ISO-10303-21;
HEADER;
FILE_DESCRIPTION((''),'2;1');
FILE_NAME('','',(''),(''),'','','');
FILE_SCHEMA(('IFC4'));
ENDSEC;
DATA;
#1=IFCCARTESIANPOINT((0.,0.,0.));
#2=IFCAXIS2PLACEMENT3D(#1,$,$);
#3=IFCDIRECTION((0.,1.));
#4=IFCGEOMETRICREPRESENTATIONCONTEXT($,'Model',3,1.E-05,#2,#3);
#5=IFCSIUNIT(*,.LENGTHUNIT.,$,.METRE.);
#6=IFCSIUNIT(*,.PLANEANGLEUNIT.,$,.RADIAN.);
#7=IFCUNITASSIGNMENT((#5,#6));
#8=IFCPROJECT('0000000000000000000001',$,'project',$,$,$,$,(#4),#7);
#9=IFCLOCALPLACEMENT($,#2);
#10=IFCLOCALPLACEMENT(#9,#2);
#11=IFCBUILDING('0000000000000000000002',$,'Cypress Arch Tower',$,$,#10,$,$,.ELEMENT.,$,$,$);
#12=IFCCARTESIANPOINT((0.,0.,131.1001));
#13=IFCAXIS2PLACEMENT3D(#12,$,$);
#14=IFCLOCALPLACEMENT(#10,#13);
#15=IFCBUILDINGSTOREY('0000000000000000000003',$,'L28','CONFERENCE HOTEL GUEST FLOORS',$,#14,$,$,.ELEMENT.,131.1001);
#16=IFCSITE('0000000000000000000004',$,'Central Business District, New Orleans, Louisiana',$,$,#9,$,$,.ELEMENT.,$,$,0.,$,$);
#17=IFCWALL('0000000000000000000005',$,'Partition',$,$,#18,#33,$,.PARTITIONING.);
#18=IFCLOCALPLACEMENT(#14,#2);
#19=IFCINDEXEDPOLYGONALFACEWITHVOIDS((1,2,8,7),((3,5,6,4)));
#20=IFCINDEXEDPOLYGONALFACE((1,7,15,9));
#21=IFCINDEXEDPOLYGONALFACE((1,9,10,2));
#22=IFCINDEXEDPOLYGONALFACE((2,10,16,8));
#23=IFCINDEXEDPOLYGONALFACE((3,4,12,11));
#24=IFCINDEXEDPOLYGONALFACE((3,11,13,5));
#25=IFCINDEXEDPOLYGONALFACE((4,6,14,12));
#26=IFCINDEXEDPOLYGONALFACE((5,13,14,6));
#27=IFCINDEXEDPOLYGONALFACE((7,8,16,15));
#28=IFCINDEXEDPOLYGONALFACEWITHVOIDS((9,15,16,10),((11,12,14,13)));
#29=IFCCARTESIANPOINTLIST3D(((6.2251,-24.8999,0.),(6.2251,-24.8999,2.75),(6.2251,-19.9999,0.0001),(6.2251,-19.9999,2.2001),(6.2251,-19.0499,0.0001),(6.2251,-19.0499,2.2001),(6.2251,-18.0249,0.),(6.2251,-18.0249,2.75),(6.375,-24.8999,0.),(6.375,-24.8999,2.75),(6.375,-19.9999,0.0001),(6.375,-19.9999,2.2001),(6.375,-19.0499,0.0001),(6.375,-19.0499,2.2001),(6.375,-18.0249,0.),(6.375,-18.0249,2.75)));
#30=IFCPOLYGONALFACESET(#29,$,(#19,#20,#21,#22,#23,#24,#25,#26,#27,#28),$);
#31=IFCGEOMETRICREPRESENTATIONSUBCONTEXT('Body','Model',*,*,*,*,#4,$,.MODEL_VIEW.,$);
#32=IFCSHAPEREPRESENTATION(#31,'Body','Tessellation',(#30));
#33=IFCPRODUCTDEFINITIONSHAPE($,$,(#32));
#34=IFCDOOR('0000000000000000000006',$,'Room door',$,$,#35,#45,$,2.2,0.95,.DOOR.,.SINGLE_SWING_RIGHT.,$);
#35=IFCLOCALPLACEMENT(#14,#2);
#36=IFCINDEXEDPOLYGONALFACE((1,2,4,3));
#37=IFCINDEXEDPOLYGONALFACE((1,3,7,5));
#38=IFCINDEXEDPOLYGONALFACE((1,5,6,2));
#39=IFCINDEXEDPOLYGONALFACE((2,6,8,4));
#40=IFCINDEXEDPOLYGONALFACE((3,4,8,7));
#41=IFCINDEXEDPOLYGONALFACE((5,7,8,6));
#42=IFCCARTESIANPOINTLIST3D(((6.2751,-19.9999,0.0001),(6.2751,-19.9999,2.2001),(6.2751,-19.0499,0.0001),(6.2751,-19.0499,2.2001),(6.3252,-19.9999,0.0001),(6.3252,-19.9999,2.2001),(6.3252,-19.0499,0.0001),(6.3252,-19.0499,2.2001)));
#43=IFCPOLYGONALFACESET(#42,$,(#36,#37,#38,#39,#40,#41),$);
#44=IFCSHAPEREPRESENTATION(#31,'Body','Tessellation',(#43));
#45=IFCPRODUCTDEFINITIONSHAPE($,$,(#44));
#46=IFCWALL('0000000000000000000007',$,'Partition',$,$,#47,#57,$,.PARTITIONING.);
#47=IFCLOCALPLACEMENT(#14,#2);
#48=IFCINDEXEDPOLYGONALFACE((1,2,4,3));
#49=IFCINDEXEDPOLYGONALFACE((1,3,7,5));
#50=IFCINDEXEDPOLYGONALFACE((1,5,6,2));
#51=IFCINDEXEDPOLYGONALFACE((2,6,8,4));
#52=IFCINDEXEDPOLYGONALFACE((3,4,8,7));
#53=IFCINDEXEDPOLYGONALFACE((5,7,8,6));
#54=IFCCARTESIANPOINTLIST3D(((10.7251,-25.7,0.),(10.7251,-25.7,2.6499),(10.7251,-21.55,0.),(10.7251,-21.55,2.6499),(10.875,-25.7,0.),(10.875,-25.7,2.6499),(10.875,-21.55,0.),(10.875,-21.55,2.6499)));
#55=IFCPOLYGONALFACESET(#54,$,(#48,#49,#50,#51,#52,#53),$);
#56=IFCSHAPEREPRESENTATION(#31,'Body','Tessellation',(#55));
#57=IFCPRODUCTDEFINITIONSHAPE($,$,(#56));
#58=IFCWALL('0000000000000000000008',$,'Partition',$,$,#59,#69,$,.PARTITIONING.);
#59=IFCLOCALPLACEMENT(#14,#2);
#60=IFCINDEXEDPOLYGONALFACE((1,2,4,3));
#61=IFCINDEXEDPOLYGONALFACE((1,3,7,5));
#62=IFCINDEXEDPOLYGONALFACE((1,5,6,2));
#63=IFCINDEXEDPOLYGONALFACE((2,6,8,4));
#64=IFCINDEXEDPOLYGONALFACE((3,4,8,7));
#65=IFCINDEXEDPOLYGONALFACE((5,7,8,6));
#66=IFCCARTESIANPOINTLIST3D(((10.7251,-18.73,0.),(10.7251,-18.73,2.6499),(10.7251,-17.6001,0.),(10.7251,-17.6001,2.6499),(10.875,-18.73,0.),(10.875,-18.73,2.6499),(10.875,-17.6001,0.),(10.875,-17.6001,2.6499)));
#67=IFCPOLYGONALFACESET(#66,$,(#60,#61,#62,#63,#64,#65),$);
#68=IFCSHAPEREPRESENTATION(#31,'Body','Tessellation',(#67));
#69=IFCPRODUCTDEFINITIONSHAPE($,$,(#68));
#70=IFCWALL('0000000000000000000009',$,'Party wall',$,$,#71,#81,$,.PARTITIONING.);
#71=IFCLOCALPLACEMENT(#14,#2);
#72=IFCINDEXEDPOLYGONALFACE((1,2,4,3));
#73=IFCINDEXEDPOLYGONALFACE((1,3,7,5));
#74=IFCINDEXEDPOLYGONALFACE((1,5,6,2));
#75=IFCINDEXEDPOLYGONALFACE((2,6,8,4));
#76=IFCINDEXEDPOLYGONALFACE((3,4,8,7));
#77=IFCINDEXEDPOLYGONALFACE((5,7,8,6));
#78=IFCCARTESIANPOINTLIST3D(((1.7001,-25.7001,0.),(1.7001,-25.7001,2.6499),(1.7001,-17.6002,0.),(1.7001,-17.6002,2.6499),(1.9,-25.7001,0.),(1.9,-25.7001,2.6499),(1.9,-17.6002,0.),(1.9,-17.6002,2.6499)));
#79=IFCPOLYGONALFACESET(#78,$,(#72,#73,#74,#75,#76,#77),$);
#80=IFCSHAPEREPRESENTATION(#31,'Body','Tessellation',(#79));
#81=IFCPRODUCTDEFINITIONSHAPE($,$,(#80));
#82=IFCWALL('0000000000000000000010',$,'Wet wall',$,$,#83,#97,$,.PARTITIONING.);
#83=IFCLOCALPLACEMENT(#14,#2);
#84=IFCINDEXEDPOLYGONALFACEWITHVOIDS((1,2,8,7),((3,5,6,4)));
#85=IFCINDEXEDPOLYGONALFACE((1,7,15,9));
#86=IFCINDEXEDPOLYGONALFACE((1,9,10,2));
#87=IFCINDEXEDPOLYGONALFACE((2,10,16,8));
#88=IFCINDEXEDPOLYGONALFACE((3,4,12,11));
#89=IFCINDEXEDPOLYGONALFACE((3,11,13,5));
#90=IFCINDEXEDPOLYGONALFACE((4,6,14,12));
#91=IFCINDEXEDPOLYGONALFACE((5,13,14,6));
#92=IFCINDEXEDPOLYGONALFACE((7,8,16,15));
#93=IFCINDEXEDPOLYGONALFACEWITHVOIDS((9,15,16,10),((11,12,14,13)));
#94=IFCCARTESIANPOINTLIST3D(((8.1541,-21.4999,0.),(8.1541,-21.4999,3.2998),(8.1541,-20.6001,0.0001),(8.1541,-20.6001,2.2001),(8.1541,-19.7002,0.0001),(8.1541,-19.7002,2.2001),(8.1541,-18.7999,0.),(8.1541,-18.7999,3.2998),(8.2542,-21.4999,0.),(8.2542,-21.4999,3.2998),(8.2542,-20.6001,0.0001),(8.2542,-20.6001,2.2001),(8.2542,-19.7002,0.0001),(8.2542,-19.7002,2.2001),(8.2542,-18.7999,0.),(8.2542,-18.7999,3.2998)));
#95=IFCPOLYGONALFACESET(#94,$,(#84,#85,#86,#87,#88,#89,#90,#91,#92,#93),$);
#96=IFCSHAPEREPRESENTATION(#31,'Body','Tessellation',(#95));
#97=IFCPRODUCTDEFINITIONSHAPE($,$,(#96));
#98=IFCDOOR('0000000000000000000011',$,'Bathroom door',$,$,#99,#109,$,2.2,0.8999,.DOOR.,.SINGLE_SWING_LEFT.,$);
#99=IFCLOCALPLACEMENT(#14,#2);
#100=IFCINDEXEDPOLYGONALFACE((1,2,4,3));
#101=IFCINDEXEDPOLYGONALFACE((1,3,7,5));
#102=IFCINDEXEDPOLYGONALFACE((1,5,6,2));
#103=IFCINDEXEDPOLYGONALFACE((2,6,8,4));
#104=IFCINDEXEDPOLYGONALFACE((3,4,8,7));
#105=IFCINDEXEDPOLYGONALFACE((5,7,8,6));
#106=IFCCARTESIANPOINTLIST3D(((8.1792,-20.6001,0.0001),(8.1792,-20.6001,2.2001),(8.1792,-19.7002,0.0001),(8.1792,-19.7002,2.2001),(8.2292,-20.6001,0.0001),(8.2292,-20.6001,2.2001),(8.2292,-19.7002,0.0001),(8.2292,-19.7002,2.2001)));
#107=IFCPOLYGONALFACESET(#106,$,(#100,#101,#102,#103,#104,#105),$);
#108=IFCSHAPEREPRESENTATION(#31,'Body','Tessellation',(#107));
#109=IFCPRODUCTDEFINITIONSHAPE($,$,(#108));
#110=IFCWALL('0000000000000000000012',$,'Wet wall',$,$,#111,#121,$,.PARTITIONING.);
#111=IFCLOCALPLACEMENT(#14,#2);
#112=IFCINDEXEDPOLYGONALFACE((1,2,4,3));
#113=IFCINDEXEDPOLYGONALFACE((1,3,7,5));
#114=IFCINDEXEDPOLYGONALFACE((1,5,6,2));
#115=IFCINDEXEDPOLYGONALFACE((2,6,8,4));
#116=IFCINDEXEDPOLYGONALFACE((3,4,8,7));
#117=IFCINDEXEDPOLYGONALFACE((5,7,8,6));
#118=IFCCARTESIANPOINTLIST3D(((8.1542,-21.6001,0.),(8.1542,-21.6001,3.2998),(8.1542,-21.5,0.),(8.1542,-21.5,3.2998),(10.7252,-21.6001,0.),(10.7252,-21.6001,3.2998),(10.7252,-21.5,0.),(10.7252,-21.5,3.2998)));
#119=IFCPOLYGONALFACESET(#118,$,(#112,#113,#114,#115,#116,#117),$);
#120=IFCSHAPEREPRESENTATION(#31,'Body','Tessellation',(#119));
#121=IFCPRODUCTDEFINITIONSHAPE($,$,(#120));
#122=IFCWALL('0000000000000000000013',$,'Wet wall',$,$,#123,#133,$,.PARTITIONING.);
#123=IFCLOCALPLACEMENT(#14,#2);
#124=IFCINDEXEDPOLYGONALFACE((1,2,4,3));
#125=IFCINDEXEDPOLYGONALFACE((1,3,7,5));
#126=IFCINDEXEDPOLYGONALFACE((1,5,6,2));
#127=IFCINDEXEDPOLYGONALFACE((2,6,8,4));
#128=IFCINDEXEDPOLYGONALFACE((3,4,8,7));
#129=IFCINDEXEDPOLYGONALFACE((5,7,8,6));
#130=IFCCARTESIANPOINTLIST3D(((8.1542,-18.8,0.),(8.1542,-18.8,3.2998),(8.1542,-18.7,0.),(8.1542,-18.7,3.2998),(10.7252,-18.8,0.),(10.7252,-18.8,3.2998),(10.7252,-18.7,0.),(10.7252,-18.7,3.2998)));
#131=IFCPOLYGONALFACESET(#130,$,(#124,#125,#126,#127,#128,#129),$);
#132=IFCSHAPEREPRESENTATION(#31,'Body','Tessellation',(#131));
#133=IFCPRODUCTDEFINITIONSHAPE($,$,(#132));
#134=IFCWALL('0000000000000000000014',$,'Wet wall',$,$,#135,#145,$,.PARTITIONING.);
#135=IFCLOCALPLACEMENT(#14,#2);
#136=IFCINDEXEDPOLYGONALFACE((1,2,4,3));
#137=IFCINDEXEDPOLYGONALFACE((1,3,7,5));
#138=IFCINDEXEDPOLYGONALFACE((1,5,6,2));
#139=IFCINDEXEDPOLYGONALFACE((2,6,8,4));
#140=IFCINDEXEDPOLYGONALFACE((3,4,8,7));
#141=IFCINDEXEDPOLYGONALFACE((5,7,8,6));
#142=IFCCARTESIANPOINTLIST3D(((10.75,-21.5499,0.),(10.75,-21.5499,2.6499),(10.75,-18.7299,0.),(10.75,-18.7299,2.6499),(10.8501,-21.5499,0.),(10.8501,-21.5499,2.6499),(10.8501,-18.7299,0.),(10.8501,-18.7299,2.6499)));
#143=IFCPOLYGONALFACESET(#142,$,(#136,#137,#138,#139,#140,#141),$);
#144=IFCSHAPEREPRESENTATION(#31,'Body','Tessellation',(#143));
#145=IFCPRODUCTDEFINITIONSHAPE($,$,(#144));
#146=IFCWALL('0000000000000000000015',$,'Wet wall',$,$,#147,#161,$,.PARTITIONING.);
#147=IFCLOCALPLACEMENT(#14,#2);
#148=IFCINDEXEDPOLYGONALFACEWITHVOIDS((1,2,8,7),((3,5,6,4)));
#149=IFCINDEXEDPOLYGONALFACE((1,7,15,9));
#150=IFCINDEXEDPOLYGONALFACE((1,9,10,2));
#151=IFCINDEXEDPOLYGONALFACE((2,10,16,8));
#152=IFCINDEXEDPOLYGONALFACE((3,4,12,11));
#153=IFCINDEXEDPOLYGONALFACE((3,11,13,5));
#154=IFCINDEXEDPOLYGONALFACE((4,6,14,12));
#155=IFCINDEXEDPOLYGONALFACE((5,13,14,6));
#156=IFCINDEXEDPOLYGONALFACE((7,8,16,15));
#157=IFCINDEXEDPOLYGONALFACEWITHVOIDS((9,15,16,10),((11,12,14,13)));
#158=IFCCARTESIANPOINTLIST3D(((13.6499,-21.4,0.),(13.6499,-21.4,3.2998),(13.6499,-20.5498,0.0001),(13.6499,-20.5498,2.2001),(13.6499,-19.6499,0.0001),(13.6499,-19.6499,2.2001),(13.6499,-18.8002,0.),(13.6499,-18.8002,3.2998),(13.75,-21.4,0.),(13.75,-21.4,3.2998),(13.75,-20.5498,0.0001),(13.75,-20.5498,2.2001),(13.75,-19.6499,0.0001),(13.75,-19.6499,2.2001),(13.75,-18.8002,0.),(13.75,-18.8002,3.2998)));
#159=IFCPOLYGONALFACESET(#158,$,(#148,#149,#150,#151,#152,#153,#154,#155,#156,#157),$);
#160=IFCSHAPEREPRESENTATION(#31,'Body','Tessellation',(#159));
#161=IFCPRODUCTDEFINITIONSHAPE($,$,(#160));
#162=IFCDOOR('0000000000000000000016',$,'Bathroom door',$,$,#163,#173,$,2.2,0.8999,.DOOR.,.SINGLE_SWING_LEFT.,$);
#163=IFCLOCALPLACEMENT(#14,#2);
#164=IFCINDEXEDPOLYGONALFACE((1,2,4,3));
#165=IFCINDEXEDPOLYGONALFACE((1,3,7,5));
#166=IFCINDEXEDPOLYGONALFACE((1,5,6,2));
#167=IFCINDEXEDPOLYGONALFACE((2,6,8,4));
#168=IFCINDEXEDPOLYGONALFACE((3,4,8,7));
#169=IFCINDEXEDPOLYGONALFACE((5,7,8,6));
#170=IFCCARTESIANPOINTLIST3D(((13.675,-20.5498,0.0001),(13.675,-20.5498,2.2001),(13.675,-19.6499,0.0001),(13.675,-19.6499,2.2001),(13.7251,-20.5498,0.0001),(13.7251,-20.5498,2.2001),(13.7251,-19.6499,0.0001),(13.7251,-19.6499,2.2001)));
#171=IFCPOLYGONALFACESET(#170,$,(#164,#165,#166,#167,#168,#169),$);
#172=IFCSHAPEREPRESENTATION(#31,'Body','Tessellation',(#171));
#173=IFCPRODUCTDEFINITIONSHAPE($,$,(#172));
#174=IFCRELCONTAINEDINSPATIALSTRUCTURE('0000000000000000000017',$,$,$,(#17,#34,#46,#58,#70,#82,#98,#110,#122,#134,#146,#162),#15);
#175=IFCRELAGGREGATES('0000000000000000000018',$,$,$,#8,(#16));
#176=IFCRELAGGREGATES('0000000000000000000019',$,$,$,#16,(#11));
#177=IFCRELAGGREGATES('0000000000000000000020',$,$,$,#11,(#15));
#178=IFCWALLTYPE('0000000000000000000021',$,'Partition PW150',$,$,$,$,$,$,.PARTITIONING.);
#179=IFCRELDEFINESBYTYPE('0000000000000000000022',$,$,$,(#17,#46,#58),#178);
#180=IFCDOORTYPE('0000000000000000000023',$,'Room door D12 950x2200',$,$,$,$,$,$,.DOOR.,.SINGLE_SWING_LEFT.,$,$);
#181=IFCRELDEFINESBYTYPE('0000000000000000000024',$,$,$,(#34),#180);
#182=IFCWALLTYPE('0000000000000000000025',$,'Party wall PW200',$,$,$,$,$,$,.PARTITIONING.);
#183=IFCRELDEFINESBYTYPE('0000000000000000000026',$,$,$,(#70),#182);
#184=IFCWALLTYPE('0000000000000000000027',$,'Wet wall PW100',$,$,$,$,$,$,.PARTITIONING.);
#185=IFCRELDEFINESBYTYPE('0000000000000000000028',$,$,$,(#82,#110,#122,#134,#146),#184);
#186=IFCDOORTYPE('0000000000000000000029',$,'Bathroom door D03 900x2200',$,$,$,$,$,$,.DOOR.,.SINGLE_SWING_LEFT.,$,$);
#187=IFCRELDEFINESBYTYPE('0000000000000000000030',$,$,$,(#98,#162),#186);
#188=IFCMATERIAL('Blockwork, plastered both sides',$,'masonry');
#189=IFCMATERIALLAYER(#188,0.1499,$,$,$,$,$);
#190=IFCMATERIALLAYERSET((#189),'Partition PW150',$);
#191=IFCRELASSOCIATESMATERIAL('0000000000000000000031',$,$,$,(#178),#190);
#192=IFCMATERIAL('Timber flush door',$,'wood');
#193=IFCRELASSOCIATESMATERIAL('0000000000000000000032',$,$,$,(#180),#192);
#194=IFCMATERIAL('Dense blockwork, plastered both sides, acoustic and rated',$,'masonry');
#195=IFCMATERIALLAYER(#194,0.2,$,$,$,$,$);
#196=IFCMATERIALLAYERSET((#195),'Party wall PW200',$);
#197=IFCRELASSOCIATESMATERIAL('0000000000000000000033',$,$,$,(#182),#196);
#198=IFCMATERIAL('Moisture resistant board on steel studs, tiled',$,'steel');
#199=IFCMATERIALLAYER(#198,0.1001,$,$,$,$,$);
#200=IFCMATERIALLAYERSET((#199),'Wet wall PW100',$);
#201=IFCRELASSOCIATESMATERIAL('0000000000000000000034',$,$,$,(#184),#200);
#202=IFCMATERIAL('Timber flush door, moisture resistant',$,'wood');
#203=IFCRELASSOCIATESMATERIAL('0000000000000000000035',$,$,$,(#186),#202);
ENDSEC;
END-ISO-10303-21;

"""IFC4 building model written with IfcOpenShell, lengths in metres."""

from ifc_helpers import new_model, si_unit, direction, frame, frame_2d, origin, place, context, subcontext, project, spatial, rectangle, extrude, material, layer, layer_set, type_object, element, fill, save


model = new_model("IFC4")

# Units and contexts
model_context = context("Model", 3, precision=1e-05, world=origin(), true_north=direction((0.0, 1.0)))
body_context = subcontext(model_context, "Body", "Model", "MODEL_VIEW")
ifc_project = project(units=[si_unit("LENGTHUNIT", "METRE"), si_unit("PLANEANGLEUNIT", "RADIAN")], contexts=[model_context])

# Site, building, storey
site_placement = place(None, origin())
site = spatial("IfcSite", under=ifc_project, at=site_placement, Name="Central Business District, New Orleans, Louisiana", CompositionType="ELEMENT", RefElevation=0.0)
building_placement = place(site_placement, origin())
building = spatial("IfcBuilding", under=site, at=building_placement, Name="Cypress Arch Tower", CompositionType="ELEMENT")
storey_placement = place(building_placement, frame((0.0, 0.0, 131.1001)))
storey = spatial("IfcBuildingStorey", under=building, at=storey_placement, Name="L28", Description="CONFERENCE HOTEL GUEST FLOORS", CompositionType="ELEMENT", Elevation=131.1001)

# Wall, opening, door
ifc_material_1 = material(Name="Blockwork, plastered both sides", Category="masonry")
ifc_layer_1 = layer(ifc_material_1, 0.1499)
ifc_layer_set_1 = layer_set([ifc_layer_1], Name="Partition PW150")
wall_type_1 = type_object("IfcWallType", Name="Partition PW150", PredefinedType="PARTITIONING", material=ifc_layer_set_1)
wall_1_placement = place(storey_placement, frame((6.3, -24.8999, 0.0), z_axis=(0.0, 0.0, 1.0), x_axis=(0.0, 1.0, 0.0)))
wall_1 = element("IfcWall", 1, at=wall_1_placement, inside=storey, type_object=wall_type_1, Name="Partition", PredefinedType="PARTITIONING", context=body_context, shape_type="SweptSolid", body=[
    extrude(rectangle(XDim=6.875, YDim=0.1499, at=frame_2d((3.4375, 0.0))), origin(), (0.0, 0.0, 1.0), 2.75),
])
opening_1_placement = place(wall_1_placement, frame((4.8999, 0.0, 0.0)))
opening_1 = element("IfcOpeningElement", 2, at=opening_1_placement, cuts=wall_1, PredefinedType="OPENING", context=body_context, shape_type="SweptSolid", body=[
    extrude(rectangle(XDim=0.95, YDim=2.2, at=frame_2d((0.4751, 1.1001))), frame((0.0, 0.085, 0.0), z_axis=(0.0, -1.0, 0.0), x_axis=(1.0, 0.0, 0.0)), (0.0, 0.0, 1.0), 0.1699),
])
ifc_material_2 = material(Name="Timber flush door", Category="wood")
door_type_1 = type_object("IfcDoorType", Name="Room door D12 950x2200", OperationType="SINGLE_SWING_LEFT", PredefinedType="DOOR", material=ifc_material_2)
door_1_placement = place(opening_1_placement, origin())
door_1 = element("IfcDoor", 3, at=door_1_placement, inside=storey, type_object=door_type_1, Name="Room door", OperationType="SINGLE_SWING_RIGHT", OverallHeight=2.2, OverallWidth=0.95, PredefinedType="DOOR", context=body_context, shape_type="SweptSolid", body=[
    extrude(rectangle(XDim=0.95, YDim=2.2, at=frame_2d((0.4751, 1.1001))), frame((0.0, 0.0249, 0.0), z_axis=(0.0, -1.0, 0.0), x_axis=(1.0, 0.0, 0.0)), (0.0, 0.0, 1.0), 0.05),
])
fill(opening_1, door_1)

# Walls
wall_2_placement = place(storey_placement, frame((10.8, -25.7, 0.0), z_axis=(0.0, 0.0, 1.0), x_axis=(0.0, 1.0, 0.0)))
element("IfcWall", 4, at=wall_2_placement, inside=storey, type_object=wall_type_1, Name="Partition", PredefinedType="PARTITIONING", context=body_context, shape_type="SweptSolid", body=[
    extrude(rectangle(XDim=4.1499, YDim=0.1499, at=frame_2d((2.075, 0.0))), origin(), (0.0, 0.0, 1.0), 2.6499),
])
wall_3_placement = place(storey_placement, frame((10.8, -18.73, 0.0), z_axis=(0.0, 0.0, 1.0), x_axis=(0.0, 1.0, 0.0)))
element("IfcWall", 5, at=wall_3_placement, inside=storey, type_object=wall_type_1, Name="Partition", PredefinedType="PARTITIONING", context=body_context, shape_type="SweptSolid", body=[
    extrude(rectangle(XDim=1.1299, YDim=0.1499, at=frame_2d((0.5649, 0.0))), origin(), (0.0, 0.0, 1.0), 2.6499),
])
ifc_material_3 = material(Name="Dense blockwork, plastered both sides, acoustic and rated", Category="masonry")
ifc_layer_2 = layer(ifc_material_3, 0.2)
ifc_layer_set_2 = layer_set([ifc_layer_2], Name="Party wall PW200")
wall_type_2 = type_object("IfcWallType", Name="Party wall PW200", PredefinedType="PARTITIONING", material=ifc_layer_set_2)
wall_4_placement = place(storey_placement, frame((1.8, -25.7, 0.0), z_axis=(0.0, 0.0, 1.0), x_axis=(0.0, 1.0, 0.0)))
element("IfcWall", 6, at=wall_4_placement, inside=storey, type_object=wall_type_2, Name="Party wall", PredefinedType="PARTITIONING", context=body_context, shape_type="SweptSolid", body=[
    extrude(rectangle(XDim=8.0999, YDim=0.2, at=frame_2d((4.0498, 0.0))), origin(), (0.0, 0.0, 1.0), 2.6499),
])

# Wall, opening, door
ifc_material_4 = material(Name="Moisture resistant board on steel studs, tiled", Category="steel")
ifc_layer_3 = layer(ifc_material_4, 0.1001)
ifc_layer_set_3 = layer_set([ifc_layer_3], Name="Wet wall PW100")
wall_type_3 = type_object("IfcWallType", Name="Wet wall PW100", PredefinedType="PARTITIONING", material=ifc_layer_set_3)
wall_5_placement = place(storey_placement, frame((8.2041, -21.5, 0.0), z_axis=(0.0, 0.0, 1.0), x_axis=(0.0, 1.0, 0.0)))
wall_5 = element("IfcWall", 7, at=wall_5_placement, inside=storey, type_object=wall_type_3, Name="Wet wall", PredefinedType="PARTITIONING", context=body_context, shape_type="SweptSolid", body=[
    extrude(rectangle(XDim=2.7, YDim=0.1001, at=frame_2d((1.3501, 0.0))), origin(), (0.0, 0.0, 1.0), 3.2998),
])
opening_2_placement = place(wall_5_placement, frame((0.8999, 0.0, 0.0)))
opening_2 = element("IfcOpeningElement", 8, at=opening_2_placement, cuts=wall_5, PredefinedType="OPENING", context=body_context, shape_type="SweptSolid", body=[
    extrude(rectangle(XDim=0.8999, YDim=2.2, at=frame_2d((0.45, 1.1001))), frame((0.0, 0.0601, 0.0), z_axis=(0.0, -1.0, 0.0), x_axis=(1.0, 0.0, 0.0)), (0.0, 0.0, 1.0), 0.1201),
])
ifc_material_5 = material(Name="Timber flush door, moisture resistant", Category="wood")
door_type_2 = type_object("IfcDoorType", Name="Bathroom door D03 900x2200", OperationType="SINGLE_SWING_LEFT", PredefinedType="DOOR", material=ifc_material_5)
door_2_placement = place(opening_2_placement, origin())
door_2 = element("IfcDoor", 9, at=door_2_placement, inside=storey, type_object=door_type_2, Name="Bathroom door", OperationType="SINGLE_SWING_LEFT", OverallHeight=2.2, OverallWidth=0.8999, PredefinedType="DOOR", context=body_context, shape_type="SweptSolid", body=[
    extrude(rectangle(XDim=0.8999, YDim=2.2, at=frame_2d((0.45, 1.1001))), frame((0.0, 0.0249, 0.0), z_axis=(0.0, -1.0, 0.0), x_axis=(1.0, 0.0, 0.0)), (0.0, 0.0, 1.0), 0.05),
])
fill(opening_2, door_2)

# Walls
for number, where, z_axis, x_axis, name in (
    (10, (8.1541, -21.55, 0.0), (0.0, 0.0, 1.0), (1.0, 0.0, 0.0), "Wet wall"),
    (11, (8.1541, -18.75, 0.0), (0.0, 0.0, 1.0), (1.0, 0.0, 0.0), "Wet wall"),
):
    element("IfcWall", number, at=place(storey_placement, frame(where, z_axis=z_axis, x_axis=x_axis)), inside=storey, type_object=wall_type_3, Name=name, PredefinedType="PARTITIONING", context=body_context, shape_type="SweptSolid", body=[
        extrude(rectangle(XDim=2.571, YDim=0.1001, at=frame_2d((1.2856, 0.0))), origin(), (0.0, 0.0, 1.0), 3.2998),
    ])
wall_6_placement = place(storey_placement, frame((10.8, -21.55, 0.0), z_axis=(0.0, 0.0, 1.0), x_axis=(0.0, 1.0, 0.0)))
element("IfcWall", 12, at=wall_6_placement, inside=storey, type_object=wall_type_3, Name="Wet wall", PredefinedType="PARTITIONING", context=body_context, shape_type="SweptSolid", body=[
    extrude(rectangle(XDim=2.8201, YDim=0.1001, at=frame_2d((1.4102, 0.0))), origin(), (0.0, 0.0, 1.0), 2.6499),
])

# Wall, opening, door
wall_7_placement = place(storey_placement, frame((13.7, -21.3999, 0.0), z_axis=(0.0, 0.0, 1.0), x_axis=(0.0, 1.0, 0.0)))
wall_7 = element("IfcWall", 13, at=wall_7_placement, inside=storey, type_object=wall_type_3, Name="Wet wall", PredefinedType="PARTITIONING", context=body_context, shape_type="SweptSolid", body=[
    extrude(rectangle(XDim=2.5999, YDim=0.1001, at=frame_2d((1.2998, 0.0))), origin(), (0.0, 0.0, 1.0), 3.2998),
])
opening_3_placement = place(wall_7_placement, frame((0.8501, 0.0, 0.0)))
opening_3 = element("IfcOpeningElement", 14, at=opening_3_placement, cuts=wall_7, PredefinedType="OPENING", context=body_context, shape_type="SweptSolid", body=[
    extrude(rectangle(XDim=0.8999, YDim=2.2, at=frame_2d((0.45, 1.1001))), frame((0.0, 0.0601, 0.0), z_axis=(0.0, -1.0, 0.0), x_axis=(1.0, 0.0, 0.0)), (0.0, 0.0, 1.0), 0.1201),
])
door_3_placement = place(opening_3_placement, origin())
door_3 = element("IfcDoor", 15, at=door_3_placement, inside=storey, type_object=door_type_2, Name="Bathroom door", OperationType="SINGLE_SWING_LEFT", OverallHeight=2.2, OverallWidth=0.8999, PredefinedType="DOOR", context=body_context, shape_type="SweptSolid", body=[
    extrude(rectangle(XDim=0.8999, YDim=2.2, at=frame_2d((0.45, 1.1001))), frame((0.0, 0.0249, 0.0), z_axis=(0.0, -1.0, 0.0), x_axis=(1.0, 0.0, 0.0)), (0.0, 0.0, 1.0), 0.05),
])
fill(opening_3, door_3)

save(model, "model.ifc")
